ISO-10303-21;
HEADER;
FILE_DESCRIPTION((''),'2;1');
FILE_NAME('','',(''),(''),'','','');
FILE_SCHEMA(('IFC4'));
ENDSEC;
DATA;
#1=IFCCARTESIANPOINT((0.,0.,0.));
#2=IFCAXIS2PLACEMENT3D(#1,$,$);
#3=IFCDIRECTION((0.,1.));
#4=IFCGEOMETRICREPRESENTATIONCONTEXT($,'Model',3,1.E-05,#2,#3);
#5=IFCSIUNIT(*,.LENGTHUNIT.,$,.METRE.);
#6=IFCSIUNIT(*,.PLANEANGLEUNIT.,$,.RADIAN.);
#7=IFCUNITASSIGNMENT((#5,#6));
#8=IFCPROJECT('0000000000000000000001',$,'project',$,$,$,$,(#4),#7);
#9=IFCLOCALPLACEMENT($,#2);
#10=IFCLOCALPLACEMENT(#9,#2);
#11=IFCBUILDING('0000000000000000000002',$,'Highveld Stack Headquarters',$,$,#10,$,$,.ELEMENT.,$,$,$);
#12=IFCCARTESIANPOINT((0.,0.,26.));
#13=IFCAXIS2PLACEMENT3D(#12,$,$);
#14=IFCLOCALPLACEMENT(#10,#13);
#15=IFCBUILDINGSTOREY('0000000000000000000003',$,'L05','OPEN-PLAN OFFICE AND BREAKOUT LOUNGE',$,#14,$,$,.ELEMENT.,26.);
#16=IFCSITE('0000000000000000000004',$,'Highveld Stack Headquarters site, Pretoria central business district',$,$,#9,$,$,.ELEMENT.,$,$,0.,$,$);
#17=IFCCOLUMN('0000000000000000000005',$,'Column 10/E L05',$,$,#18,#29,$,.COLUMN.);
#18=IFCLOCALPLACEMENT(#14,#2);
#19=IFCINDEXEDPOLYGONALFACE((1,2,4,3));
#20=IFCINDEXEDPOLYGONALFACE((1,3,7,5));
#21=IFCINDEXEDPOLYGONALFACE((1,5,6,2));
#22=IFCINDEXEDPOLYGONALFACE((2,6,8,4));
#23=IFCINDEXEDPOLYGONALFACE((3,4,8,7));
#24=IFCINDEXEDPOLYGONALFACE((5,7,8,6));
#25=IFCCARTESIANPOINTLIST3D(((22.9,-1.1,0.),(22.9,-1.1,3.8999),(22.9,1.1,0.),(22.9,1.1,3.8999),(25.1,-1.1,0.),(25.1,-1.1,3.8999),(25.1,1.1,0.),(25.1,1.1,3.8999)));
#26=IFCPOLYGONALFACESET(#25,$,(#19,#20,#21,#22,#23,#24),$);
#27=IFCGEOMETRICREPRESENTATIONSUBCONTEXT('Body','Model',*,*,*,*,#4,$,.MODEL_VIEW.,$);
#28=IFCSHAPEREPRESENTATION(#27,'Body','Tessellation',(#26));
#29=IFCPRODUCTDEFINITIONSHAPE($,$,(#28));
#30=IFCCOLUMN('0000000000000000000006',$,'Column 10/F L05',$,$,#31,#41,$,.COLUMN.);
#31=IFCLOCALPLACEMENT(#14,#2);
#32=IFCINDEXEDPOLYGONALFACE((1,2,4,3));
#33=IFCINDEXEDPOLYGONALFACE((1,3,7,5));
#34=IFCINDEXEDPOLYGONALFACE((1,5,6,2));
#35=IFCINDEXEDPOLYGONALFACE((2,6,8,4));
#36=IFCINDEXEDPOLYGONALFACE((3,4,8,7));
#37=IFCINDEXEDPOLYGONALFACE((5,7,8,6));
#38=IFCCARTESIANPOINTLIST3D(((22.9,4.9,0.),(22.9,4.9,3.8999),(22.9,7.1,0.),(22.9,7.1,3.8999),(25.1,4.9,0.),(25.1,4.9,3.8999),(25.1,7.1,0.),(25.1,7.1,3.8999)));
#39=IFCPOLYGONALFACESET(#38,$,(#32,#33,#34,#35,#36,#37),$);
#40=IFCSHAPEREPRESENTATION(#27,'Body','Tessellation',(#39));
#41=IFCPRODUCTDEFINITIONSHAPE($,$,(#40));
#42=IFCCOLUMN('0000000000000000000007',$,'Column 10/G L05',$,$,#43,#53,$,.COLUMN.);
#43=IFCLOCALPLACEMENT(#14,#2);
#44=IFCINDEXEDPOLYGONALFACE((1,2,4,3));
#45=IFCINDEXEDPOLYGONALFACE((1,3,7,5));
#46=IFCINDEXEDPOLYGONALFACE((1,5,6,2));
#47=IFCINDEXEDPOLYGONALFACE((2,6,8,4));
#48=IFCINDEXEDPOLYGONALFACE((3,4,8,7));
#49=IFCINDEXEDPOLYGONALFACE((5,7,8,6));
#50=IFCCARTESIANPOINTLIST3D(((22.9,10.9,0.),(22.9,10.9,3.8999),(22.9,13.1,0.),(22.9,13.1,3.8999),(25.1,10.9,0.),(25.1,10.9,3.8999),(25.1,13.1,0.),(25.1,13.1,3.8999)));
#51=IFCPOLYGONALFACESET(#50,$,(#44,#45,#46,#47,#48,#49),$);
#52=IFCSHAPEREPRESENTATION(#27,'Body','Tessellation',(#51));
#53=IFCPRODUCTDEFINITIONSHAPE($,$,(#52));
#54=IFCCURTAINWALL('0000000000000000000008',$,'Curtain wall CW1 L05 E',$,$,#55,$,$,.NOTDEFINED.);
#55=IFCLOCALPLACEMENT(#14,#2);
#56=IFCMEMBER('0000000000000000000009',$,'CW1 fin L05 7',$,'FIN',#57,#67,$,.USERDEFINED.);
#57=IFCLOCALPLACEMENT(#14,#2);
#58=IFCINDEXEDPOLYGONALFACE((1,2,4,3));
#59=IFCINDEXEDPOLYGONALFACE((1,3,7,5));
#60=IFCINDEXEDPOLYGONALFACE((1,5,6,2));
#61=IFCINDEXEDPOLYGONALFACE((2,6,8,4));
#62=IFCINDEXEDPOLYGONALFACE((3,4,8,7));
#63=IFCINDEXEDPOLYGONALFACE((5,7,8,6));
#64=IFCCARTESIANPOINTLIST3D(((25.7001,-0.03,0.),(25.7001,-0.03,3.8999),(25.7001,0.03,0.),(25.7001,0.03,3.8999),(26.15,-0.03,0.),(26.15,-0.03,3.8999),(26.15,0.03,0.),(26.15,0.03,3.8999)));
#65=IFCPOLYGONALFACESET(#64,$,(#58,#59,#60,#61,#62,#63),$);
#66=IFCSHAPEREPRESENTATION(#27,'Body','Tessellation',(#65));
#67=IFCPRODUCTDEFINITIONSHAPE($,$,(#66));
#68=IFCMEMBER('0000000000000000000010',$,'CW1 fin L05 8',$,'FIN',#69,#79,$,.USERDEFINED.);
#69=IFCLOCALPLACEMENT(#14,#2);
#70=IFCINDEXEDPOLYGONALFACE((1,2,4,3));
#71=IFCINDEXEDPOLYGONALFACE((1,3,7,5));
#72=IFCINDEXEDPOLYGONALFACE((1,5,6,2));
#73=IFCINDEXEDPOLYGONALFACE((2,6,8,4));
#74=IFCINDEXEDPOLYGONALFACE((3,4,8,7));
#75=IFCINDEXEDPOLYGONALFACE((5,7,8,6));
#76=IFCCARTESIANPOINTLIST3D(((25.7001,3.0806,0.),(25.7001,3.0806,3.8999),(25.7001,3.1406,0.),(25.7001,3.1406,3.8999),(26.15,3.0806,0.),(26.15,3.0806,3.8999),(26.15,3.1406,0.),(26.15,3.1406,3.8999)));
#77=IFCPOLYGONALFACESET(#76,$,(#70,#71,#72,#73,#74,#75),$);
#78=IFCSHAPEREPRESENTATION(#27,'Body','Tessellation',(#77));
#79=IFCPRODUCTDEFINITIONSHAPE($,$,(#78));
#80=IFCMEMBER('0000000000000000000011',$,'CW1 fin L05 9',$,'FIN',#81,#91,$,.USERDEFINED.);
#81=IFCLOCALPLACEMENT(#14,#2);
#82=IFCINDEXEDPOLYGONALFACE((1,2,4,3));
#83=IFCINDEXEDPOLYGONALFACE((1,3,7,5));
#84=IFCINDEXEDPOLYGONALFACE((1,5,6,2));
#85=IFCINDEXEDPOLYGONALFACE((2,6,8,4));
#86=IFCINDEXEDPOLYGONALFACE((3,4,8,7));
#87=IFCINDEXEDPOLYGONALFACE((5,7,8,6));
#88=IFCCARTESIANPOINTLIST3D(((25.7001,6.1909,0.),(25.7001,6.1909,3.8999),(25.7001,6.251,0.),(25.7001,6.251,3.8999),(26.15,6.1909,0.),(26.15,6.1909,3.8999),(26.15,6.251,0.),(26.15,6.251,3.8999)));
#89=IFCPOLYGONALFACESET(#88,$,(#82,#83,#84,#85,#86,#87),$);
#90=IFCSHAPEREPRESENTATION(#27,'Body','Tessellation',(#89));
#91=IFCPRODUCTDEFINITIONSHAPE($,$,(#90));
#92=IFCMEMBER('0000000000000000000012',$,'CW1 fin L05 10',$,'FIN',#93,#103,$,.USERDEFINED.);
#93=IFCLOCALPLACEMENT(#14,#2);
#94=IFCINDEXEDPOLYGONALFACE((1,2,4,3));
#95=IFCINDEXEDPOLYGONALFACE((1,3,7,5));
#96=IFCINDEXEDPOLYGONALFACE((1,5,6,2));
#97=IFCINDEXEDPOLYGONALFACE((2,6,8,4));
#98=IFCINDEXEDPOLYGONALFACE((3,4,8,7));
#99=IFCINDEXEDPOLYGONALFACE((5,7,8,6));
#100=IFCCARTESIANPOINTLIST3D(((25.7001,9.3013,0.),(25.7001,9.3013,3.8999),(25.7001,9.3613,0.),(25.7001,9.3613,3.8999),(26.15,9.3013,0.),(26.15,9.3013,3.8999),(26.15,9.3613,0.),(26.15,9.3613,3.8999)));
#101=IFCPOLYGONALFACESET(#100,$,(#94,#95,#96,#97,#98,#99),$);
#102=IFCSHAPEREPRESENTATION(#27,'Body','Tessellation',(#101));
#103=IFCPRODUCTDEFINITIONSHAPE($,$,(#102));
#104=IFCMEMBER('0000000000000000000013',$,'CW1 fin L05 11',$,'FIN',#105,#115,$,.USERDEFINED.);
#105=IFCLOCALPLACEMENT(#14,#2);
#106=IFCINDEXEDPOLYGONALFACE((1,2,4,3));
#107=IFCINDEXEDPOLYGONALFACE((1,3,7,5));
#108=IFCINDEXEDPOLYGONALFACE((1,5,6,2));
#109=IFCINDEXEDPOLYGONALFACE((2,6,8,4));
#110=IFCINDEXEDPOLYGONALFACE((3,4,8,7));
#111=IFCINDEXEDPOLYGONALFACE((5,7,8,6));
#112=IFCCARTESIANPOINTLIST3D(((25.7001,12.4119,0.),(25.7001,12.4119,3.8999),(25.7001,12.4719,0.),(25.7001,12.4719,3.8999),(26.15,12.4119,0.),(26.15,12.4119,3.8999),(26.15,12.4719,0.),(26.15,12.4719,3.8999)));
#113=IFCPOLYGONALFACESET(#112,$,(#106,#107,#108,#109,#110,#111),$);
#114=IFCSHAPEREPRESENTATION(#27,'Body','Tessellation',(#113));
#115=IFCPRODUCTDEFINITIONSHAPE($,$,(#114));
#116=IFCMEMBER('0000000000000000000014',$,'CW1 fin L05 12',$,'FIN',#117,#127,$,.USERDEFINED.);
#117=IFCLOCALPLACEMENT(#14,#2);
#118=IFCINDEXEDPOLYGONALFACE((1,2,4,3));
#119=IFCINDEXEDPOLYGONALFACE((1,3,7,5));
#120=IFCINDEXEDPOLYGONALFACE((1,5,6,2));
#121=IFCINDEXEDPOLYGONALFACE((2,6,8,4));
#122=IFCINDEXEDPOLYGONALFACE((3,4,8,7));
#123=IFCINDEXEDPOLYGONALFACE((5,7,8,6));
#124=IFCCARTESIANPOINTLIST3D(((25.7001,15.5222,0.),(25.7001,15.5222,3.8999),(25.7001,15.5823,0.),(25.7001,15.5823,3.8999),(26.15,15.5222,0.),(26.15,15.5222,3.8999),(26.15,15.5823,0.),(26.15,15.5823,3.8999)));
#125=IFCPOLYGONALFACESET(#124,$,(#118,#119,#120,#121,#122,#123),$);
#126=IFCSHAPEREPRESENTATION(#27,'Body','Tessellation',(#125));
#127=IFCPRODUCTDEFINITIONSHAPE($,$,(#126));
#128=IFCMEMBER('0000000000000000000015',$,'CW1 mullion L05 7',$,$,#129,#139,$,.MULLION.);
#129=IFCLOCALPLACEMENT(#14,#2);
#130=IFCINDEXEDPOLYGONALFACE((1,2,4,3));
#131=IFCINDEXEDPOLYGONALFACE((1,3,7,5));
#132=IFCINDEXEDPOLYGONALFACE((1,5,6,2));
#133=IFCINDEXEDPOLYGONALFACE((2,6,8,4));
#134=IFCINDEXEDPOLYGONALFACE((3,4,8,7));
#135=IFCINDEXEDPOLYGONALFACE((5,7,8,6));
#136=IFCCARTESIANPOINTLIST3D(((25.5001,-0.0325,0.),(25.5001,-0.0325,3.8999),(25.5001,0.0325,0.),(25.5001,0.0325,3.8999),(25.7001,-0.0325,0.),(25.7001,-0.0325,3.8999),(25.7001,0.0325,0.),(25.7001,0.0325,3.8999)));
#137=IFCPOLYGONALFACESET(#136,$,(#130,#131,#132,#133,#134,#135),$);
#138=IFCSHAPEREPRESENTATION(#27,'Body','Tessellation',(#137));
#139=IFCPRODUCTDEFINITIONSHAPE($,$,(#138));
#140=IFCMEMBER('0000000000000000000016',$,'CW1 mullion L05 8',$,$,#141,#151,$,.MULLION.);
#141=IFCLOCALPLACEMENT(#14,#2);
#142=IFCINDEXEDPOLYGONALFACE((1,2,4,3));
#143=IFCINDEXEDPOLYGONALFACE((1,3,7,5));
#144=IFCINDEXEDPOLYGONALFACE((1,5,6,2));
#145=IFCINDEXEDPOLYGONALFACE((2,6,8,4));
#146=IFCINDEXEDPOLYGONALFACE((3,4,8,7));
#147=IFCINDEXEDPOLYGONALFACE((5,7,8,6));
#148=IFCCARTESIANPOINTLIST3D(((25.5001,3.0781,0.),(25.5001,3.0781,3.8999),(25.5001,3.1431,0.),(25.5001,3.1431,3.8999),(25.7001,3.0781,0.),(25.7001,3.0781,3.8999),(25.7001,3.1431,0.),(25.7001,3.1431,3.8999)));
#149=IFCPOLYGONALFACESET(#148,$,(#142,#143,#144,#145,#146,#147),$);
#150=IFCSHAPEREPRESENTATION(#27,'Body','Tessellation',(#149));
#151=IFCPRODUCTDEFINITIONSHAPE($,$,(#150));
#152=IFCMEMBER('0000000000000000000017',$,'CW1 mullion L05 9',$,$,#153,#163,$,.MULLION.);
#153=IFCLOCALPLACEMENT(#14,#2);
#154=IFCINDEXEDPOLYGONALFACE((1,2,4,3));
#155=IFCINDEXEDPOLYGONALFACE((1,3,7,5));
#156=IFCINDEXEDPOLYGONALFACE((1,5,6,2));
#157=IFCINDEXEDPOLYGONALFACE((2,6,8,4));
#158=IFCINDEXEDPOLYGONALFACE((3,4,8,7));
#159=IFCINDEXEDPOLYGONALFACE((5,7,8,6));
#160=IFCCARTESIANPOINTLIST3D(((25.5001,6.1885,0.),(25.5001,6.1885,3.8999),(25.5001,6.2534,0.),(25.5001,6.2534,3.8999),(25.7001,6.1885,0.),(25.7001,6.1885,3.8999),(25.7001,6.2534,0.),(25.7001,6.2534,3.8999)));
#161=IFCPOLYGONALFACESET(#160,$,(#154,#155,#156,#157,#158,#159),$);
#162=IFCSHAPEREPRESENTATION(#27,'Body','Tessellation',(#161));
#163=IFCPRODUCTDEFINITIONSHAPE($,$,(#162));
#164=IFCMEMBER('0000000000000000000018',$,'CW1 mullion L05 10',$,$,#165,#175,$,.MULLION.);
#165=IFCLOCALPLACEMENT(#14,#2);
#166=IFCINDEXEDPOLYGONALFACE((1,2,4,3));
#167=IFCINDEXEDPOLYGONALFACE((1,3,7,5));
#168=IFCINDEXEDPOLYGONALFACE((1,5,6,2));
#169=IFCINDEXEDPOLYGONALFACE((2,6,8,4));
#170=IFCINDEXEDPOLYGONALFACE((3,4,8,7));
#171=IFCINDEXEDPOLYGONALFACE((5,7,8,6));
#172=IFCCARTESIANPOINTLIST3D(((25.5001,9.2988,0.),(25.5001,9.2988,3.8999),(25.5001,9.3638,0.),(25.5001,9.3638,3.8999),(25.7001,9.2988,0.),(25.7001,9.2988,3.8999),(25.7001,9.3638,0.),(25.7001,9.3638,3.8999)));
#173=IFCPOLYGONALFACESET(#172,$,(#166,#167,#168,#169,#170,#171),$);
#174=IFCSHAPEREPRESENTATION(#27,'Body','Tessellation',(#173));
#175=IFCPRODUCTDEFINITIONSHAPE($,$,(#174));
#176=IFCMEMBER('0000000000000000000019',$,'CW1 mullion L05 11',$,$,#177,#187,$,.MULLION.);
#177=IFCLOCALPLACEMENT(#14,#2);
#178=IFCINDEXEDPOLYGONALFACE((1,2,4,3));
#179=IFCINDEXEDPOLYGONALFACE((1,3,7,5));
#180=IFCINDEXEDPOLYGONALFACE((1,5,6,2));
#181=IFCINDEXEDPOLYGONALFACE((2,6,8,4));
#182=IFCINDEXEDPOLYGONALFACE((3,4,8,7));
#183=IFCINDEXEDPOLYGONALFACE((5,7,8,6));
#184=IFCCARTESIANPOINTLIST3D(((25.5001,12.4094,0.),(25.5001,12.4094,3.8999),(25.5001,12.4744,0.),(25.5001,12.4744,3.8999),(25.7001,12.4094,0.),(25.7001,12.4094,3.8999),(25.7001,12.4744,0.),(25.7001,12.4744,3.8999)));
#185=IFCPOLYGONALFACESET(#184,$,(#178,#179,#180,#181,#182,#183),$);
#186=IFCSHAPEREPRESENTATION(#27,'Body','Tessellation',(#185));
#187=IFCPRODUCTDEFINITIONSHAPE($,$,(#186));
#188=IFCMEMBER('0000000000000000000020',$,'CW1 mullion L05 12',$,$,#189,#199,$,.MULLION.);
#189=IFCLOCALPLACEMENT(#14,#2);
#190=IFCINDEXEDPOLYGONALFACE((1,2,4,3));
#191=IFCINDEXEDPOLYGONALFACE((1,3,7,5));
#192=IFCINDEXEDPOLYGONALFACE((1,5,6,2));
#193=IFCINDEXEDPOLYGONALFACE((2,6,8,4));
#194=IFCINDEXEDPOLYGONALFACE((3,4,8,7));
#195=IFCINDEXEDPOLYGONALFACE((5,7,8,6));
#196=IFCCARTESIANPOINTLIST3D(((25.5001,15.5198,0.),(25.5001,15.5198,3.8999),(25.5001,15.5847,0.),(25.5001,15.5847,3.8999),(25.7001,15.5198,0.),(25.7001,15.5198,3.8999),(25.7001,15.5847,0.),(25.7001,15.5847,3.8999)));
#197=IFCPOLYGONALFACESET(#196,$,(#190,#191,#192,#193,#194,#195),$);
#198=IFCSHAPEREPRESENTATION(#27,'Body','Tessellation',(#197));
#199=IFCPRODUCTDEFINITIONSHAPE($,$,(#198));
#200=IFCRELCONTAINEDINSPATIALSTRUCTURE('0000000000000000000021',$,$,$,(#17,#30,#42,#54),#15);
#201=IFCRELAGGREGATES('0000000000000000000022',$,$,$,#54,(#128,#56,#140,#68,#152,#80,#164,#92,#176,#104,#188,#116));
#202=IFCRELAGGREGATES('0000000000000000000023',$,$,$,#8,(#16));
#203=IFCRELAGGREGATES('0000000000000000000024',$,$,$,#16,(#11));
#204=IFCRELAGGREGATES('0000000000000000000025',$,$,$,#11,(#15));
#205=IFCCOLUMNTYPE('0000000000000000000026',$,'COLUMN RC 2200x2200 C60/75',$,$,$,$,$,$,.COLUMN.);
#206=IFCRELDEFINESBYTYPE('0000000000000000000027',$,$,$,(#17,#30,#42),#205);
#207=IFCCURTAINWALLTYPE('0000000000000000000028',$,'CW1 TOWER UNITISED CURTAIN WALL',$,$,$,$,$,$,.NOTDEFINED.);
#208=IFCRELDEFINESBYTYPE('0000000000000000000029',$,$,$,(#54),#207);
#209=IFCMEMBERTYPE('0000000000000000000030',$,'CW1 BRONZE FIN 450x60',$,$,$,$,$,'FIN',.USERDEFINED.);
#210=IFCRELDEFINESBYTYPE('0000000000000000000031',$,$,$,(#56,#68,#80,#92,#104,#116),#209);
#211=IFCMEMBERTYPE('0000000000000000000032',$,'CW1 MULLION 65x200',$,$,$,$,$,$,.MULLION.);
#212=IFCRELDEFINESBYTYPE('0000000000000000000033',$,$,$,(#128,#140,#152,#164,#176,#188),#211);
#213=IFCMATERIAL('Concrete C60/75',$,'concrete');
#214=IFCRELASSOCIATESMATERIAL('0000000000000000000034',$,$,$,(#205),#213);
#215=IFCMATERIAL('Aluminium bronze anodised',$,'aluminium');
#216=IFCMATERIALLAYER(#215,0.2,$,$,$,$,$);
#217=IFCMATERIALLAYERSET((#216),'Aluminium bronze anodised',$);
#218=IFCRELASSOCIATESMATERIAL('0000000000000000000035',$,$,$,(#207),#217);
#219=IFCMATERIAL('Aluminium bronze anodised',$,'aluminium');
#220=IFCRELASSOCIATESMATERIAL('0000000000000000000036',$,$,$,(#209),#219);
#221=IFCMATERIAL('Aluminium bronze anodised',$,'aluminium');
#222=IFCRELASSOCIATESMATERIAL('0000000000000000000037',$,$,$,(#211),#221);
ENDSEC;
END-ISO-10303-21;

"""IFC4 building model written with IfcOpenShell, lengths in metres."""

from ifc_helpers import new_model, si_unit, direction, frame, origin, origin_2d, place, context, subcontext, project, spatial, rectangle, extrude, material, layer, layer_set, material_profile, profile_set, type_object, element, aggregate, save


model = new_model("IFC4")

# Units and contexts
model_context = context("Model", 3, precision=1e-05, world=origin(), true_north=direction((0.0, 1.0)))
body_context = subcontext(model_context, "Body", "Model", "MODEL_VIEW")
ifc_project = project(units=[si_unit("LENGTHUNIT", "METRE"), si_unit("PLANEANGLEUNIT", "RADIAN")], contexts=[model_context])

# Site, building, storey
site_placement = place(None, origin())
site = spatial("IfcSite", under=ifc_project, at=site_placement, Name="Highveld Stack Headquarters site, Pretoria central business district", CompositionType="ELEMENT", RefElevation=0.0)
building_placement = place(site_placement, origin())
building = spatial("IfcBuilding", under=site, at=building_placement, Name="Highveld Stack Headquarters", CompositionType="ELEMENT")
storey_placement = place(building_placement, frame((0.0, 0.0, 26.0)))
storey = spatial("IfcBuildingStorey", under=building, at=storey_placement, Name="L05", Description="OPEN-PLAN OFFICE AND BREAKOUT LOUNGE", CompositionType="ELEMENT", Elevation=26.0)

# Columns
ifc_material_1 = material(Name="Concrete C60/75", Category="concrete")
ifc_material_profile_1 = material_profile(ifc_material_1, rectangle(XDim=2.2, YDim=2.2, at=origin_2d()), Name="RC 2200x2200")
ifc_profile_set_1 = profile_set([ifc_material_profile_1], Name="Concrete C60/75")
column_type = type_object("IfcColumnType", Name="COLUMN RC 2200x2200 C60/75", PredefinedType="COLUMN", material=ifc_profile_set_1)
for number, where, z_axis, x_axis, name in (
    (1, (24.0, 0.0, 0.0), (0.0, 0.0, 1.0), (1.0, 0.0, 0.0), "Column 10/E L05"),
    (2, (24.0, 6.0, 0.0), (0.0, 0.0, 1.0), (1.0, 0.0, 0.0), "Column 10/F L05"),
    (3, (24.0, 12.0, 0.0), (0.0, 0.0, 1.0), (1.0, 0.0, 0.0), "Column 10/G L05"),
):
    element("IfcColumn", number, at=place(storey_placement, frame(where, z_axis=z_axis, x_axis=x_axis)), inside=storey, type_object=column_type, Name=name, PredefinedType="COLUMN", context=body_context, shape_type="SweptSolid", body=[
        extrude(rectangle(XDim=2.2, YDim=2.2, at=origin_2d()), origin(), (0.0, 0.0, 1.0), 3.8999),
    ])

# Curtain wall, members
ifc_material_2 = material(Name="Aluminium bronze anodised", Category="aluminium")
ifc_layer_1 = layer(ifc_material_2, 0.2)
ifc_layer_set_1 = layer_set([ifc_layer_1], Name="Aluminium bronze anodised")
curtain_wall_type = type_object("IfcCurtainWallType", Name="CW1 TOWER UNITISED CURTAIN WALL", PredefinedType="NOTDEFINED", material=ifc_layer_set_1)
curtain_wall_placement = place(storey_placement, origin())
curtain_wall = element("IfcCurtainWall", 4, at=curtain_wall_placement, inside=storey, type_object=curtain_wall_type, Name="Curtain wall CW1 L05 E", PredefinedType="NOTDEFINED")
ifc_material_3 = material(Name="Aluminium bronze anodised", Category="aluminium")
ifc_material_profile_2 = material_profile(ifc_material_3, rectangle(XDim=0.45, YDim=0.0601, at=origin_2d()), Name="FIN 450x60")
ifc_profile_set_2 = profile_set([ifc_material_profile_2], Name="Aluminium bronze anodised")
member_type_1 = type_object("IfcMemberType", Name="CW1 BRONZE FIN 450x60", ElementType="FIN", PredefinedType="USERDEFINED", material=ifc_profile_set_2)
member_1_placement = place(storey_placement, frame((25.925, 0.0, 0.0), z_axis=(0.0, 0.0, 1.0), x_axis=(-1.0, 0.0, 0.0)))
member_1 = element("IfcMember", 5, at=member_1_placement, type_object=member_type_1, Name="CW1 fin L05 7", ObjectType="FIN", PredefinedType="USERDEFINED", context=body_context, shape_type="SweptSolid", body=[
    extrude(rectangle(XDim=0.45, YDim=0.0601, at=origin_2d()), origin(), (0.0, 0.0, 1.0), 3.8999),
])
member_2_placement = place(storey_placement, frame((25.925, 3.1106, 0.0), z_axis=(0.0, 0.0, 1.0), x_axis=(-1.0, 0.0, 0.0)))
member_2 = element("IfcMember", 6, at=member_2_placement, type_object=member_type_1, Name="CW1 fin L05 8", ObjectType="FIN", PredefinedType="USERDEFINED", context=body_context, shape_type="SweptSolid", body=[
    extrude(rectangle(XDim=0.45, YDim=0.0601, at=origin_2d()), origin(), (0.0, 0.0, 1.0), 3.8999),
])
member_3_placement = place(storey_placement, frame((25.925, 6.2209, 0.0), z_axis=(0.0, 0.0, 1.0), x_axis=(-1.0, 0.0, 0.0)))
member_3 = element("IfcMember", 7, at=member_3_placement, type_object=member_type_1, Name="CW1 fin L05 9", ObjectType="FIN", PredefinedType="USERDEFINED", context=body_context, shape_type="SweptSolid", body=[
    extrude(rectangle(XDim=0.45, YDim=0.0601, at=origin_2d()), origin(), (0.0, 0.0, 1.0), 3.8999),
])
member_4_placement = place(storey_placement, frame((25.925, 9.3313, 0.0), z_axis=(0.0, 0.0, 1.0), x_axis=(-1.0, 0.0, 0.0)))
member_4 = element("IfcMember", 8, at=member_4_placement, type_object=member_type_1, Name="CW1 fin L05 10", ObjectType="FIN", PredefinedType="USERDEFINED", context=body_context, shape_type="SweptSolid", body=[
    extrude(rectangle(XDim=0.45, YDim=0.0601, at=origin_2d()), origin(), (0.0, 0.0, 1.0), 3.8999),
])
member_5_placement = place(storey_placement, frame((25.925, 12.4419, 0.0), z_axis=(0.0, 0.0, 1.0), x_axis=(-1.0, 0.0, 0.0)))
member_5 = element("IfcMember", 9, at=member_5_placement, type_object=member_type_1, Name="CW1 fin L05 11", ObjectType="FIN", PredefinedType="USERDEFINED", context=body_context, shape_type="SweptSolid", body=[
    extrude(rectangle(XDim=0.45, YDim=0.0601, at=origin_2d()), origin(), (0.0, 0.0, 1.0), 3.8999),
])
member_6_placement = place(storey_placement, frame((25.925, 15.5522, 0.0), z_axis=(0.0, 0.0, 1.0), x_axis=(-1.0, 0.0, 0.0)))
member_6 = element("IfcMember", 10, at=member_6_placement, type_object=member_type_1, Name="CW1 fin L05 12", ObjectType="FIN", PredefinedType="USERDEFINED", context=body_context, shape_type="SweptSolid", body=[
    extrude(rectangle(XDim=0.45, YDim=0.0601, at=origin_2d()), origin(), (0.0, 0.0, 1.0), 3.8999),
])
ifc_material_4 = material(Name="Aluminium bronze anodised", Category="aluminium")
ifc_material_profile_3 = material_profile(ifc_material_4, rectangle(XDim=0.2, YDim=0.0649, at=origin_2d()), Name="CW1 MULLION 65x200")
ifc_profile_set_3 = profile_set([ifc_material_profile_3], Name="Aluminium bronze anodised")
member_type_2 = type_object("IfcMemberType", Name="CW1 MULLION 65x200", PredefinedType="MULLION", material=ifc_profile_set_3)
member_7_placement = place(storey_placement, frame((25.6001, 0.0, 0.0), z_axis=(0.0, 0.0, 1.0), x_axis=(-1.0, 0.0, 0.0)))
member_7 = element("IfcMember", 11, at=member_7_placement, type_object=member_type_2, Name="CW1 mullion L05 7", PredefinedType="MULLION", context=body_context, shape_type="SweptSolid", body=[
    extrude(rectangle(XDim=0.2, YDim=0.0649, at=origin_2d()), origin(), (0.0, 0.0, 1.0), 3.8999),
])
member_8_placement = place(storey_placement, frame((25.6001, 3.1106, 0.0), z_axis=(0.0, 0.0, 1.0), x_axis=(-1.0, 0.0, 0.0)))
member_8 = element("IfcMember", 12, at=member_8_placement, type_object=member_type_2, Name="CW1 mullion L05 8", PredefinedType="MULLION", context=body_context, shape_type="SweptSolid", body=[
    extrude(rectangle(XDim=0.2, YDim=0.0649, at=origin_2d()), origin(), (0.0, 0.0, 1.0), 3.8999),
])
member_9_placement = place(storey_placement, frame((25.6001, 6.2209, 0.0), z_axis=(0.0, 0.0, 1.0), x_axis=(-1.0, 0.0, 0.0)))
member_9 = element("IfcMember", 13, at=member_9_placement, type_object=member_type_2, Name="CW1 mullion L05 9", PredefinedType="MULLION", context=body_context, shape_type="SweptSolid", body=[
    extrude(rectangle(XDim=0.2, YDim=0.0649, at=origin_2d()), origin(), (0.0, 0.0, 1.0), 3.8999),
])
member_10_placement = place(storey_placement, frame((25.6001, 9.3313, 0.0), z_axis=(0.0, 0.0, 1.0), x_axis=(-1.0, 0.0, 0.0)))
member_10 = element("IfcMember", 14, at=member_10_placement, type_object=member_type_2, Name="CW1 mullion L05 10", PredefinedType="MULLION", context=body_context, shape_type="SweptSolid", body=[
    extrude(rectangle(XDim=0.2, YDim=0.0649, at=origin_2d()), origin(), (0.0, 0.0, 1.0), 3.8999),
])
member_11_placement = place(storey_placement, frame((25.6001, 12.4419, 0.0), z_axis=(0.0, 0.0, 1.0), x_axis=(-1.0, 0.0, 0.0)))
member_11 = element("IfcMember", 15, at=member_11_placement, type_object=member_type_2, Name="CW1 mullion L05 11", PredefinedType="MULLION", context=body_context, shape_type="SweptSolid", body=[
    extrude(rectangle(XDim=0.2, YDim=0.0649, at=origin_2d()), origin(), (0.0, 0.0, 1.0), 3.8999),
])
member_12_placement = place(storey_placement, frame((25.6001, 15.5522, 0.0), z_axis=(0.0, 0.0, 1.0), x_axis=(-1.0, 0.0, 0.0)))
member_12 = element("IfcMember", 16, at=member_12_placement, type_object=member_type_2, Name="CW1 mullion L05 12", PredefinedType="MULLION", context=body_context, shape_type="SweptSolid", body=[
    extrude(rectangle(XDim=0.2, YDim=0.0649, at=origin_2d()), origin(), (0.0, 0.0, 1.0), 3.8999),
])
aggregate(curtain_wall, [member_7, member_1, member_8, member_2, member_9, member_3, member_10, member_4, member_11, member_5, member_12, member_6])

save(model, "model.ifc")
